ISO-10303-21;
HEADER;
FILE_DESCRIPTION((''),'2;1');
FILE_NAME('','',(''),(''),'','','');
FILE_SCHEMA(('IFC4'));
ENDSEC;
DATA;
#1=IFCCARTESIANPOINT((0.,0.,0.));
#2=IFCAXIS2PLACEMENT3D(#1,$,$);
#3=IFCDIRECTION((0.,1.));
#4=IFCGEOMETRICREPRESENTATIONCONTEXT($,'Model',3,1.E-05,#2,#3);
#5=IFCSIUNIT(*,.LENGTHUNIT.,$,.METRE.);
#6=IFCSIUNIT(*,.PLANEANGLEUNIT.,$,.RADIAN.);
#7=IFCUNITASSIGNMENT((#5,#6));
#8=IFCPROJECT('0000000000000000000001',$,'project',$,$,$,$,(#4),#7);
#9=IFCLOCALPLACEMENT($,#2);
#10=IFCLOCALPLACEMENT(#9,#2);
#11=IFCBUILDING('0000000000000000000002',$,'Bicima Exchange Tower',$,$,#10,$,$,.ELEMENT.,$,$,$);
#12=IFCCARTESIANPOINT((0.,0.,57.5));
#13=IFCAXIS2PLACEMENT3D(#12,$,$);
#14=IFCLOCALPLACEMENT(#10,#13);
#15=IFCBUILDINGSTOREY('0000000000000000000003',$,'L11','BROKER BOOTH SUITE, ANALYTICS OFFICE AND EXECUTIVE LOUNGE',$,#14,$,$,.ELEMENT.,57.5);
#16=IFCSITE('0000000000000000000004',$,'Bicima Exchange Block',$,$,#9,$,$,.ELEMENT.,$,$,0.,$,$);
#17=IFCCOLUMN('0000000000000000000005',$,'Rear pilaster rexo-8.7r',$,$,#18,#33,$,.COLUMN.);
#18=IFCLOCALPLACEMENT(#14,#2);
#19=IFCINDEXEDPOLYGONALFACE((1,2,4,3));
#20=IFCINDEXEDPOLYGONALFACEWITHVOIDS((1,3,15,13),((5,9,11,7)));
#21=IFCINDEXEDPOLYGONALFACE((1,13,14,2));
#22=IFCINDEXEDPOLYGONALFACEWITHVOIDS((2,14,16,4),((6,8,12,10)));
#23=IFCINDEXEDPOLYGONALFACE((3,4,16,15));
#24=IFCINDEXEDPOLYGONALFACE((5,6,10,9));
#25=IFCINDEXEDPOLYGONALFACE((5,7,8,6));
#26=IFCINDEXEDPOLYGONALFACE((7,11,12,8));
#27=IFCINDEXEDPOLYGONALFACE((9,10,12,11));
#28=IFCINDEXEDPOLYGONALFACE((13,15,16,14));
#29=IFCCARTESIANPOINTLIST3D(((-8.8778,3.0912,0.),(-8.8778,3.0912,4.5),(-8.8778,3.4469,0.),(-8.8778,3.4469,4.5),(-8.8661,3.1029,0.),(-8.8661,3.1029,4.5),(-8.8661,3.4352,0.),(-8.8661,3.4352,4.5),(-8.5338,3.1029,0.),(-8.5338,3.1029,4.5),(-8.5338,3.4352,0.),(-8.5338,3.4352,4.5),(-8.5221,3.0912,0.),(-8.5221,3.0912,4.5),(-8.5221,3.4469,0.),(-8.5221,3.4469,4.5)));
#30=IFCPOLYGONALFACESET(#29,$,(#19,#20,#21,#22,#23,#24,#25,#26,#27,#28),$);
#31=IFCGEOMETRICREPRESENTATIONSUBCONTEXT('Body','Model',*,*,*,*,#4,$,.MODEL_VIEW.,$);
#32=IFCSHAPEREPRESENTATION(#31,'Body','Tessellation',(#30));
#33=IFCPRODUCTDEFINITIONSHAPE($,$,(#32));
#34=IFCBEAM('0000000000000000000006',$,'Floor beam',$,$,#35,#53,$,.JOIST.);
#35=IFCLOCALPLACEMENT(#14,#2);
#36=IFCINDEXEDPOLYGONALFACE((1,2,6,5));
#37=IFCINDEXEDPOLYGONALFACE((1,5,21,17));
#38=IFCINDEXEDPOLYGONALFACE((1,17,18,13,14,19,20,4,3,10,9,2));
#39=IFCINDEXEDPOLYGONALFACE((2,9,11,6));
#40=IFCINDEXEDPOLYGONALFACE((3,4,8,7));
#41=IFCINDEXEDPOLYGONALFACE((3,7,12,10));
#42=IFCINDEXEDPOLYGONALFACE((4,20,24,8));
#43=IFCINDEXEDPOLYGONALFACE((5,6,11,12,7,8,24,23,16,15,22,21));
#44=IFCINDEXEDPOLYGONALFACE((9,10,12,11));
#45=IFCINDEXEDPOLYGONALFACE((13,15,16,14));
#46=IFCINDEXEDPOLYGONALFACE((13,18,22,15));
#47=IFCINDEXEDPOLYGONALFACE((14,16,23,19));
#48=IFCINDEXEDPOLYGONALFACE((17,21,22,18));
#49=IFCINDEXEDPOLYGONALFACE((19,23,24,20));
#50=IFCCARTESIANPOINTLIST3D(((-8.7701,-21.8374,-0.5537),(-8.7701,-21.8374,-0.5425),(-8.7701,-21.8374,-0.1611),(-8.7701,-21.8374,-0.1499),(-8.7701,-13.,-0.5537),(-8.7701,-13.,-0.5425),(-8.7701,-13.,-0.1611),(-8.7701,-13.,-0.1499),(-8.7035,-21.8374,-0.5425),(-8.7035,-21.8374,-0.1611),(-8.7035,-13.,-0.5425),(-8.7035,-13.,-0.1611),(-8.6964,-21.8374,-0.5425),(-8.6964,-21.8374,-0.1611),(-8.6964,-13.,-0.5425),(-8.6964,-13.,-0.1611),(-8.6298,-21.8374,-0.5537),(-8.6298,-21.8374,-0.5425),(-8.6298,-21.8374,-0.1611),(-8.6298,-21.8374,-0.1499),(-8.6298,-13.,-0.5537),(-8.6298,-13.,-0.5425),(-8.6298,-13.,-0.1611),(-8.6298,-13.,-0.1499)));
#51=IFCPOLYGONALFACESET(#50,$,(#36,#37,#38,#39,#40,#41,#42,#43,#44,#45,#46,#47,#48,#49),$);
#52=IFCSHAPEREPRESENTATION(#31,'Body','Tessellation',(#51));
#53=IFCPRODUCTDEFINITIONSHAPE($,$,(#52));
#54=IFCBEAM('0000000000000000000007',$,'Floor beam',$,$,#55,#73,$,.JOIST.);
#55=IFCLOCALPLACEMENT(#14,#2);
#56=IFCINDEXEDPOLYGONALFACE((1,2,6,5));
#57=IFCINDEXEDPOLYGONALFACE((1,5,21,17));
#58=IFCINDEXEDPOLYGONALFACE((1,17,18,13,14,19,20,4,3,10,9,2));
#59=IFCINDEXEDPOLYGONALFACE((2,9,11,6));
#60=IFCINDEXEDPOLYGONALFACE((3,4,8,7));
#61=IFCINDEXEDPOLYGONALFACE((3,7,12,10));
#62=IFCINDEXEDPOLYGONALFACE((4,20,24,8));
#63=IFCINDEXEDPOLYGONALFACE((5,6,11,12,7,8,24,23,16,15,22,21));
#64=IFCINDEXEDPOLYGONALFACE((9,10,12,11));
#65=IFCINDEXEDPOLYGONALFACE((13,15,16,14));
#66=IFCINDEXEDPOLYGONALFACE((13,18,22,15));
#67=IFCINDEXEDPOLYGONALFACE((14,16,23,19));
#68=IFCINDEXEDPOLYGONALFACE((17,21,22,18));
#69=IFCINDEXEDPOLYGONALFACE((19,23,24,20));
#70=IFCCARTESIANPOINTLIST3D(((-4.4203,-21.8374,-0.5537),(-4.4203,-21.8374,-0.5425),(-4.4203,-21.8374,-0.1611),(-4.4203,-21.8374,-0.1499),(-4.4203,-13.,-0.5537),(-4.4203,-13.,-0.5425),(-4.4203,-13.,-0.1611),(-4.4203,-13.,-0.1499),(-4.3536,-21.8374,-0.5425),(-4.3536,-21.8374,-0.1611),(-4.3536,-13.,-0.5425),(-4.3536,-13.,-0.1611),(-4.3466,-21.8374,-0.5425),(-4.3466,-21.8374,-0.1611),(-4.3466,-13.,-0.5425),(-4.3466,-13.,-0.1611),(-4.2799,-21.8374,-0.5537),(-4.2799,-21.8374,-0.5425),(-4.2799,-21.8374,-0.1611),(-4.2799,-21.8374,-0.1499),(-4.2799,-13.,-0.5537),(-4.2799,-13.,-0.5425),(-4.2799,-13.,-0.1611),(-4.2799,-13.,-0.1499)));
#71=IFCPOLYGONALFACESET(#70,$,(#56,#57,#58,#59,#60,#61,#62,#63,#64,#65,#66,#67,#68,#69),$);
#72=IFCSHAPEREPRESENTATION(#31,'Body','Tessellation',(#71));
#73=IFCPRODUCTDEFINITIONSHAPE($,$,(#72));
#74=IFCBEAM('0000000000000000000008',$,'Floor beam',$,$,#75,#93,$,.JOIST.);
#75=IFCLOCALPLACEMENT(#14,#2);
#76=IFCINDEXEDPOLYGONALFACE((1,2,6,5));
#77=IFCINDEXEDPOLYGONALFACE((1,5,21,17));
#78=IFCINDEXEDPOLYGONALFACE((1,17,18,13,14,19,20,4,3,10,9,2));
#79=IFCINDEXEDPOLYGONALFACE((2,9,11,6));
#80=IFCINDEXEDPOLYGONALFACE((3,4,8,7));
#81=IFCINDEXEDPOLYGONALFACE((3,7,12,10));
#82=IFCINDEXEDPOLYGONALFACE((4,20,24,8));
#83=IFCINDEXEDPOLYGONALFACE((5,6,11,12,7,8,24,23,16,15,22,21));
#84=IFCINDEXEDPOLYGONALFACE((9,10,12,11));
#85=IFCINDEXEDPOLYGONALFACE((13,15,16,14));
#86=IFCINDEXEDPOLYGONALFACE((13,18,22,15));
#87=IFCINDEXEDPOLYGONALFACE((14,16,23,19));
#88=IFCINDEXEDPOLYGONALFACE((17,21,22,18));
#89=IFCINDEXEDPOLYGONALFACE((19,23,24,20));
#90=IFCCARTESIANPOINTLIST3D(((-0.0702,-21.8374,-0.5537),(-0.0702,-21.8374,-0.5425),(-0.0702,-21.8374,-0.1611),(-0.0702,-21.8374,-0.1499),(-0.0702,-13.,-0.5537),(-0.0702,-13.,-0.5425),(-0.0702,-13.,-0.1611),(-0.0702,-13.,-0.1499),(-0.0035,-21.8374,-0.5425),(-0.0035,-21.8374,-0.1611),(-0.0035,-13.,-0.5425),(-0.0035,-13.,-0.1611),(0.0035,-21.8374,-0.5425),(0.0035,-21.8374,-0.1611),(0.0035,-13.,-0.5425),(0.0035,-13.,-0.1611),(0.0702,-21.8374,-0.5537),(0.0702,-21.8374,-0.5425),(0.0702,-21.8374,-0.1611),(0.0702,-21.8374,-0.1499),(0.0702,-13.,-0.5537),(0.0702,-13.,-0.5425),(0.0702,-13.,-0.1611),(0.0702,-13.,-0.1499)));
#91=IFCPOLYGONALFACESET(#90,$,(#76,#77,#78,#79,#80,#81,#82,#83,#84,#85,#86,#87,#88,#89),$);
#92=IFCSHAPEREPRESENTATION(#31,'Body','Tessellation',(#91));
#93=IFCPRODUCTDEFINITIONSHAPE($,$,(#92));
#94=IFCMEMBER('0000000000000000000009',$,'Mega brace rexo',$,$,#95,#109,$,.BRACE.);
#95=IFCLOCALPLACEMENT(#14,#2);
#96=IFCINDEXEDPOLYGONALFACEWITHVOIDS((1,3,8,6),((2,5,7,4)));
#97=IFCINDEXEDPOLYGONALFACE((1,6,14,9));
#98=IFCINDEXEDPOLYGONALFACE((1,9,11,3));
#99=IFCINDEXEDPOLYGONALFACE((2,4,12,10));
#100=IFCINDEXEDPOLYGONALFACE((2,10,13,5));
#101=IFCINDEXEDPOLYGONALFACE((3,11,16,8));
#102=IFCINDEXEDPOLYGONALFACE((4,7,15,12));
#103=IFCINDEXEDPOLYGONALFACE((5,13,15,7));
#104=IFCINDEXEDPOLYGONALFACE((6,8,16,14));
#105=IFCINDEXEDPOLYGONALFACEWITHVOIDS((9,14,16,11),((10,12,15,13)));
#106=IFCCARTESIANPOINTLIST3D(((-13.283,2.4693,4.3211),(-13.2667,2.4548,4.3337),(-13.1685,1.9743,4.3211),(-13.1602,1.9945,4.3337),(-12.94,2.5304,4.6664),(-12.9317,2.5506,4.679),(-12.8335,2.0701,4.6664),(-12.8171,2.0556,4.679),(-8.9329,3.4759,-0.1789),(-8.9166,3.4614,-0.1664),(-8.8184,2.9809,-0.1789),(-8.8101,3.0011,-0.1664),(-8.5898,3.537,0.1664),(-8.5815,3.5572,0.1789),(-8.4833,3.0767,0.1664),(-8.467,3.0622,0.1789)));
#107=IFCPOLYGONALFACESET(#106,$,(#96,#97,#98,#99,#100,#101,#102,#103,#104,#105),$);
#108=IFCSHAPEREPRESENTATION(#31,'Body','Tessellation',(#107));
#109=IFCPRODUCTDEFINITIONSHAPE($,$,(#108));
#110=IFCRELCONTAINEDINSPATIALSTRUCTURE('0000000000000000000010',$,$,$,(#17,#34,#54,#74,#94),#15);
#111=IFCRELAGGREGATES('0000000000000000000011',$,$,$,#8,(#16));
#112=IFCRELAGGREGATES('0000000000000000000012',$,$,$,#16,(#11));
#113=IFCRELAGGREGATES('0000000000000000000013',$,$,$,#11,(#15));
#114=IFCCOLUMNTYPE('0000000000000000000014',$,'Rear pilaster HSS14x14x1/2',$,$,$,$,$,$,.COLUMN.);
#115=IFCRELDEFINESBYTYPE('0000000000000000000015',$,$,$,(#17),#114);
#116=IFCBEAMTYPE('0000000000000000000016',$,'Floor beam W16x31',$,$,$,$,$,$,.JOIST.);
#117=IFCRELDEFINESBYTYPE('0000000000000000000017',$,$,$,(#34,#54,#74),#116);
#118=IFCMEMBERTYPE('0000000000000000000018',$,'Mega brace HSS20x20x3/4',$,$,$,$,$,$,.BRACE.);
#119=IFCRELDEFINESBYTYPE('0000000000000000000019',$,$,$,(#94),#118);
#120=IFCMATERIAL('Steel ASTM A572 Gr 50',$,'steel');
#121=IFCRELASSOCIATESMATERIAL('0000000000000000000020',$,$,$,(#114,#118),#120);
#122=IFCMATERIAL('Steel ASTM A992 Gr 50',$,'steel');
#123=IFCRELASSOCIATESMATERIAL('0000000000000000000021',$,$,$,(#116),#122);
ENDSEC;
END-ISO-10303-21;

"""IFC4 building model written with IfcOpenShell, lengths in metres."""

from ifc_helpers import new_model, si_unit, direction, frame, origin, origin_2d, place, context, subcontext, project, spatial, hollow_rectangle, i_section, extrude, material, material_profile, profile_set, type_object, element, save


model = new_model("IFC4")

# Units and contexts
model_context = context("Model", 3, precision=1e-05, world=origin(), true_north=direction((0.0, 1.0)))
body_context = subcontext(model_context, "Body", "Model", "MODEL_VIEW")
ifc_project = project(units=[si_unit("LENGTHUNIT", "METRE"), si_unit("PLANEANGLEUNIT", "RADIAN")], contexts=[model_context])

# Site, building, storey
site_placement = place(None, origin())
site = spatial("IfcSite", under=ifc_project, at=site_placement, Name="Bicima Exchange Block", CompositionType="ELEMENT", RefElevation=0.0)
building_placement = place(site_placement, origin())
building = spatial("IfcBuilding", under=site, at=building_placement, Name="Bicima Exchange Tower", CompositionType="ELEMENT")
storey_placement = place(building_placement, frame((0.0, 0.0, 57.5)))
storey = spatial("IfcBuildingStorey", under=building, at=storey_placement, Name="L11", Description="BROKER BOOTH SUITE, ANALYTICS OFFICE AND EXECUTIVE LOUNGE", CompositionType="ELEMENT", Elevation=57.5)

# Column
ifc_material_1 = material(Name="Steel ASTM A572 Gr 50", Category="steel")
ifc_material_profile_1 = material_profile(ifc_material_1, hollow_rectangle(XDim=0.3557, YDim=0.3557, WallThickness=0.0117, at=origin_2d()))
ifc_profile_set_1 = profile_set([ifc_material_profile_1], Name="Steel ASTM A572 Gr 50")
column_type = type_object("IfcColumnType", Name="Rear pilaster HSS14x14x1/2", PredefinedType="COLUMN", material=ifc_profile_set_1)
column_placement = place(storey_placement, frame((-8.7, 3.269, 0.0), z_axis=(0.0, 0.0, 1.0), x_axis=(1.0, 0.0, 0.0)))
element("IfcColumn", 1, at=column_placement, inside=storey, type_object=column_type, Name="Rear pilaster rexo-8.7r", PredefinedType="COLUMN", context=body_context, shape_type="SweptSolid", body=[
    extrude(hollow_rectangle(XDim=0.3557, YDim=0.3557, WallThickness=0.0117, at=origin_2d()), origin(), (0.0, 0.0, 1.0), 4.5),
])

# Beams
ifc_material_2 = material(Name="Steel ASTM A992 Gr 50", Category="steel")
ifc_material_profile_2 = material_profile(ifc_material_2, i_section(OverallWidth=0.1404, OverallDepth=0.4038, WebThickness=0.0071, FlangeThickness=0.0112, at=origin_2d()))
ifc_profile_set_2 = profile_set([ifc_material_profile_2], Name="Steel ASTM A992 Gr 50")
beam_type = type_object("IfcBeamType", Name="Floor beam W16x31", PredefinedType="JOIST", material=ifc_profile_set_2)
for number, where, z_axis, x_axis, name in (
    (2, (-8.7, -13.0, -0.3518), (0.0, -1.0, 0.0), (1.0, 0.0, 0.0), "Floor beam"),
    (3, (-4.3501, -13.0, -0.3518), (0.0, -1.0, 0.0), (1.0, 0.0, 0.0), "Floor beam"),
    (4, (0.0, -13.0, -0.3518), (0.0, -1.0, 0.0), (1.0, 0.0, 0.0), "Floor beam"),
):
    element("IfcBeam", number, at=place(storey_placement, frame(where, z_axis=z_axis, x_axis=x_axis)), inside=storey, type_object=beam_type, Name=name, PredefinedType="JOIST", context=body_context, shape_type="SweptSolid", body=[
        extrude(i_section(OverallWidth=0.1404, OverallDepth=0.4038, WebThickness=0.0071, FlangeThickness=0.0112, at=origin_2d()), origin(), (0.0, 0.0, 1.0), 8.8374),
    ])

# Member
ifc_material_profile_3 = material_profile(ifc_material_1, hollow_rectangle(XDim=0.5081, YDim=0.5081, WallThickness=0.0178, at=origin_2d()))
ifc_profile_set_3 = profile_set([ifc_material_profile_3], Name="Steel ASTM A572 Gr 50")
member_type = type_object("IfcMemberType", Name="Mega brace HSS20x20x3/4", PredefinedType="BRACE", material=ifc_profile_set_3)
member_placement = place(storey_placement, frame((-8.7, 3.269, 0.0), z_axis=(-0.686212, -0.158786, 0.709859), x_axis=(0.225439, -0.974257, 0.0)))
element("IfcMember", 5, at=member_placement, inside=storey, type_object=member_type, Name="Mega brace rexo", PredefinedType="BRACE", context=body_context, shape_type="SweptSolid", body=[
    extrude(hollow_rectangle(XDim=0.5081, YDim=0.5081, WallThickness=0.0178, at=origin_2d()), origin(), (0.0, 0.0, 1.0), 6.3394),
])

save(model, "model.ifc")
